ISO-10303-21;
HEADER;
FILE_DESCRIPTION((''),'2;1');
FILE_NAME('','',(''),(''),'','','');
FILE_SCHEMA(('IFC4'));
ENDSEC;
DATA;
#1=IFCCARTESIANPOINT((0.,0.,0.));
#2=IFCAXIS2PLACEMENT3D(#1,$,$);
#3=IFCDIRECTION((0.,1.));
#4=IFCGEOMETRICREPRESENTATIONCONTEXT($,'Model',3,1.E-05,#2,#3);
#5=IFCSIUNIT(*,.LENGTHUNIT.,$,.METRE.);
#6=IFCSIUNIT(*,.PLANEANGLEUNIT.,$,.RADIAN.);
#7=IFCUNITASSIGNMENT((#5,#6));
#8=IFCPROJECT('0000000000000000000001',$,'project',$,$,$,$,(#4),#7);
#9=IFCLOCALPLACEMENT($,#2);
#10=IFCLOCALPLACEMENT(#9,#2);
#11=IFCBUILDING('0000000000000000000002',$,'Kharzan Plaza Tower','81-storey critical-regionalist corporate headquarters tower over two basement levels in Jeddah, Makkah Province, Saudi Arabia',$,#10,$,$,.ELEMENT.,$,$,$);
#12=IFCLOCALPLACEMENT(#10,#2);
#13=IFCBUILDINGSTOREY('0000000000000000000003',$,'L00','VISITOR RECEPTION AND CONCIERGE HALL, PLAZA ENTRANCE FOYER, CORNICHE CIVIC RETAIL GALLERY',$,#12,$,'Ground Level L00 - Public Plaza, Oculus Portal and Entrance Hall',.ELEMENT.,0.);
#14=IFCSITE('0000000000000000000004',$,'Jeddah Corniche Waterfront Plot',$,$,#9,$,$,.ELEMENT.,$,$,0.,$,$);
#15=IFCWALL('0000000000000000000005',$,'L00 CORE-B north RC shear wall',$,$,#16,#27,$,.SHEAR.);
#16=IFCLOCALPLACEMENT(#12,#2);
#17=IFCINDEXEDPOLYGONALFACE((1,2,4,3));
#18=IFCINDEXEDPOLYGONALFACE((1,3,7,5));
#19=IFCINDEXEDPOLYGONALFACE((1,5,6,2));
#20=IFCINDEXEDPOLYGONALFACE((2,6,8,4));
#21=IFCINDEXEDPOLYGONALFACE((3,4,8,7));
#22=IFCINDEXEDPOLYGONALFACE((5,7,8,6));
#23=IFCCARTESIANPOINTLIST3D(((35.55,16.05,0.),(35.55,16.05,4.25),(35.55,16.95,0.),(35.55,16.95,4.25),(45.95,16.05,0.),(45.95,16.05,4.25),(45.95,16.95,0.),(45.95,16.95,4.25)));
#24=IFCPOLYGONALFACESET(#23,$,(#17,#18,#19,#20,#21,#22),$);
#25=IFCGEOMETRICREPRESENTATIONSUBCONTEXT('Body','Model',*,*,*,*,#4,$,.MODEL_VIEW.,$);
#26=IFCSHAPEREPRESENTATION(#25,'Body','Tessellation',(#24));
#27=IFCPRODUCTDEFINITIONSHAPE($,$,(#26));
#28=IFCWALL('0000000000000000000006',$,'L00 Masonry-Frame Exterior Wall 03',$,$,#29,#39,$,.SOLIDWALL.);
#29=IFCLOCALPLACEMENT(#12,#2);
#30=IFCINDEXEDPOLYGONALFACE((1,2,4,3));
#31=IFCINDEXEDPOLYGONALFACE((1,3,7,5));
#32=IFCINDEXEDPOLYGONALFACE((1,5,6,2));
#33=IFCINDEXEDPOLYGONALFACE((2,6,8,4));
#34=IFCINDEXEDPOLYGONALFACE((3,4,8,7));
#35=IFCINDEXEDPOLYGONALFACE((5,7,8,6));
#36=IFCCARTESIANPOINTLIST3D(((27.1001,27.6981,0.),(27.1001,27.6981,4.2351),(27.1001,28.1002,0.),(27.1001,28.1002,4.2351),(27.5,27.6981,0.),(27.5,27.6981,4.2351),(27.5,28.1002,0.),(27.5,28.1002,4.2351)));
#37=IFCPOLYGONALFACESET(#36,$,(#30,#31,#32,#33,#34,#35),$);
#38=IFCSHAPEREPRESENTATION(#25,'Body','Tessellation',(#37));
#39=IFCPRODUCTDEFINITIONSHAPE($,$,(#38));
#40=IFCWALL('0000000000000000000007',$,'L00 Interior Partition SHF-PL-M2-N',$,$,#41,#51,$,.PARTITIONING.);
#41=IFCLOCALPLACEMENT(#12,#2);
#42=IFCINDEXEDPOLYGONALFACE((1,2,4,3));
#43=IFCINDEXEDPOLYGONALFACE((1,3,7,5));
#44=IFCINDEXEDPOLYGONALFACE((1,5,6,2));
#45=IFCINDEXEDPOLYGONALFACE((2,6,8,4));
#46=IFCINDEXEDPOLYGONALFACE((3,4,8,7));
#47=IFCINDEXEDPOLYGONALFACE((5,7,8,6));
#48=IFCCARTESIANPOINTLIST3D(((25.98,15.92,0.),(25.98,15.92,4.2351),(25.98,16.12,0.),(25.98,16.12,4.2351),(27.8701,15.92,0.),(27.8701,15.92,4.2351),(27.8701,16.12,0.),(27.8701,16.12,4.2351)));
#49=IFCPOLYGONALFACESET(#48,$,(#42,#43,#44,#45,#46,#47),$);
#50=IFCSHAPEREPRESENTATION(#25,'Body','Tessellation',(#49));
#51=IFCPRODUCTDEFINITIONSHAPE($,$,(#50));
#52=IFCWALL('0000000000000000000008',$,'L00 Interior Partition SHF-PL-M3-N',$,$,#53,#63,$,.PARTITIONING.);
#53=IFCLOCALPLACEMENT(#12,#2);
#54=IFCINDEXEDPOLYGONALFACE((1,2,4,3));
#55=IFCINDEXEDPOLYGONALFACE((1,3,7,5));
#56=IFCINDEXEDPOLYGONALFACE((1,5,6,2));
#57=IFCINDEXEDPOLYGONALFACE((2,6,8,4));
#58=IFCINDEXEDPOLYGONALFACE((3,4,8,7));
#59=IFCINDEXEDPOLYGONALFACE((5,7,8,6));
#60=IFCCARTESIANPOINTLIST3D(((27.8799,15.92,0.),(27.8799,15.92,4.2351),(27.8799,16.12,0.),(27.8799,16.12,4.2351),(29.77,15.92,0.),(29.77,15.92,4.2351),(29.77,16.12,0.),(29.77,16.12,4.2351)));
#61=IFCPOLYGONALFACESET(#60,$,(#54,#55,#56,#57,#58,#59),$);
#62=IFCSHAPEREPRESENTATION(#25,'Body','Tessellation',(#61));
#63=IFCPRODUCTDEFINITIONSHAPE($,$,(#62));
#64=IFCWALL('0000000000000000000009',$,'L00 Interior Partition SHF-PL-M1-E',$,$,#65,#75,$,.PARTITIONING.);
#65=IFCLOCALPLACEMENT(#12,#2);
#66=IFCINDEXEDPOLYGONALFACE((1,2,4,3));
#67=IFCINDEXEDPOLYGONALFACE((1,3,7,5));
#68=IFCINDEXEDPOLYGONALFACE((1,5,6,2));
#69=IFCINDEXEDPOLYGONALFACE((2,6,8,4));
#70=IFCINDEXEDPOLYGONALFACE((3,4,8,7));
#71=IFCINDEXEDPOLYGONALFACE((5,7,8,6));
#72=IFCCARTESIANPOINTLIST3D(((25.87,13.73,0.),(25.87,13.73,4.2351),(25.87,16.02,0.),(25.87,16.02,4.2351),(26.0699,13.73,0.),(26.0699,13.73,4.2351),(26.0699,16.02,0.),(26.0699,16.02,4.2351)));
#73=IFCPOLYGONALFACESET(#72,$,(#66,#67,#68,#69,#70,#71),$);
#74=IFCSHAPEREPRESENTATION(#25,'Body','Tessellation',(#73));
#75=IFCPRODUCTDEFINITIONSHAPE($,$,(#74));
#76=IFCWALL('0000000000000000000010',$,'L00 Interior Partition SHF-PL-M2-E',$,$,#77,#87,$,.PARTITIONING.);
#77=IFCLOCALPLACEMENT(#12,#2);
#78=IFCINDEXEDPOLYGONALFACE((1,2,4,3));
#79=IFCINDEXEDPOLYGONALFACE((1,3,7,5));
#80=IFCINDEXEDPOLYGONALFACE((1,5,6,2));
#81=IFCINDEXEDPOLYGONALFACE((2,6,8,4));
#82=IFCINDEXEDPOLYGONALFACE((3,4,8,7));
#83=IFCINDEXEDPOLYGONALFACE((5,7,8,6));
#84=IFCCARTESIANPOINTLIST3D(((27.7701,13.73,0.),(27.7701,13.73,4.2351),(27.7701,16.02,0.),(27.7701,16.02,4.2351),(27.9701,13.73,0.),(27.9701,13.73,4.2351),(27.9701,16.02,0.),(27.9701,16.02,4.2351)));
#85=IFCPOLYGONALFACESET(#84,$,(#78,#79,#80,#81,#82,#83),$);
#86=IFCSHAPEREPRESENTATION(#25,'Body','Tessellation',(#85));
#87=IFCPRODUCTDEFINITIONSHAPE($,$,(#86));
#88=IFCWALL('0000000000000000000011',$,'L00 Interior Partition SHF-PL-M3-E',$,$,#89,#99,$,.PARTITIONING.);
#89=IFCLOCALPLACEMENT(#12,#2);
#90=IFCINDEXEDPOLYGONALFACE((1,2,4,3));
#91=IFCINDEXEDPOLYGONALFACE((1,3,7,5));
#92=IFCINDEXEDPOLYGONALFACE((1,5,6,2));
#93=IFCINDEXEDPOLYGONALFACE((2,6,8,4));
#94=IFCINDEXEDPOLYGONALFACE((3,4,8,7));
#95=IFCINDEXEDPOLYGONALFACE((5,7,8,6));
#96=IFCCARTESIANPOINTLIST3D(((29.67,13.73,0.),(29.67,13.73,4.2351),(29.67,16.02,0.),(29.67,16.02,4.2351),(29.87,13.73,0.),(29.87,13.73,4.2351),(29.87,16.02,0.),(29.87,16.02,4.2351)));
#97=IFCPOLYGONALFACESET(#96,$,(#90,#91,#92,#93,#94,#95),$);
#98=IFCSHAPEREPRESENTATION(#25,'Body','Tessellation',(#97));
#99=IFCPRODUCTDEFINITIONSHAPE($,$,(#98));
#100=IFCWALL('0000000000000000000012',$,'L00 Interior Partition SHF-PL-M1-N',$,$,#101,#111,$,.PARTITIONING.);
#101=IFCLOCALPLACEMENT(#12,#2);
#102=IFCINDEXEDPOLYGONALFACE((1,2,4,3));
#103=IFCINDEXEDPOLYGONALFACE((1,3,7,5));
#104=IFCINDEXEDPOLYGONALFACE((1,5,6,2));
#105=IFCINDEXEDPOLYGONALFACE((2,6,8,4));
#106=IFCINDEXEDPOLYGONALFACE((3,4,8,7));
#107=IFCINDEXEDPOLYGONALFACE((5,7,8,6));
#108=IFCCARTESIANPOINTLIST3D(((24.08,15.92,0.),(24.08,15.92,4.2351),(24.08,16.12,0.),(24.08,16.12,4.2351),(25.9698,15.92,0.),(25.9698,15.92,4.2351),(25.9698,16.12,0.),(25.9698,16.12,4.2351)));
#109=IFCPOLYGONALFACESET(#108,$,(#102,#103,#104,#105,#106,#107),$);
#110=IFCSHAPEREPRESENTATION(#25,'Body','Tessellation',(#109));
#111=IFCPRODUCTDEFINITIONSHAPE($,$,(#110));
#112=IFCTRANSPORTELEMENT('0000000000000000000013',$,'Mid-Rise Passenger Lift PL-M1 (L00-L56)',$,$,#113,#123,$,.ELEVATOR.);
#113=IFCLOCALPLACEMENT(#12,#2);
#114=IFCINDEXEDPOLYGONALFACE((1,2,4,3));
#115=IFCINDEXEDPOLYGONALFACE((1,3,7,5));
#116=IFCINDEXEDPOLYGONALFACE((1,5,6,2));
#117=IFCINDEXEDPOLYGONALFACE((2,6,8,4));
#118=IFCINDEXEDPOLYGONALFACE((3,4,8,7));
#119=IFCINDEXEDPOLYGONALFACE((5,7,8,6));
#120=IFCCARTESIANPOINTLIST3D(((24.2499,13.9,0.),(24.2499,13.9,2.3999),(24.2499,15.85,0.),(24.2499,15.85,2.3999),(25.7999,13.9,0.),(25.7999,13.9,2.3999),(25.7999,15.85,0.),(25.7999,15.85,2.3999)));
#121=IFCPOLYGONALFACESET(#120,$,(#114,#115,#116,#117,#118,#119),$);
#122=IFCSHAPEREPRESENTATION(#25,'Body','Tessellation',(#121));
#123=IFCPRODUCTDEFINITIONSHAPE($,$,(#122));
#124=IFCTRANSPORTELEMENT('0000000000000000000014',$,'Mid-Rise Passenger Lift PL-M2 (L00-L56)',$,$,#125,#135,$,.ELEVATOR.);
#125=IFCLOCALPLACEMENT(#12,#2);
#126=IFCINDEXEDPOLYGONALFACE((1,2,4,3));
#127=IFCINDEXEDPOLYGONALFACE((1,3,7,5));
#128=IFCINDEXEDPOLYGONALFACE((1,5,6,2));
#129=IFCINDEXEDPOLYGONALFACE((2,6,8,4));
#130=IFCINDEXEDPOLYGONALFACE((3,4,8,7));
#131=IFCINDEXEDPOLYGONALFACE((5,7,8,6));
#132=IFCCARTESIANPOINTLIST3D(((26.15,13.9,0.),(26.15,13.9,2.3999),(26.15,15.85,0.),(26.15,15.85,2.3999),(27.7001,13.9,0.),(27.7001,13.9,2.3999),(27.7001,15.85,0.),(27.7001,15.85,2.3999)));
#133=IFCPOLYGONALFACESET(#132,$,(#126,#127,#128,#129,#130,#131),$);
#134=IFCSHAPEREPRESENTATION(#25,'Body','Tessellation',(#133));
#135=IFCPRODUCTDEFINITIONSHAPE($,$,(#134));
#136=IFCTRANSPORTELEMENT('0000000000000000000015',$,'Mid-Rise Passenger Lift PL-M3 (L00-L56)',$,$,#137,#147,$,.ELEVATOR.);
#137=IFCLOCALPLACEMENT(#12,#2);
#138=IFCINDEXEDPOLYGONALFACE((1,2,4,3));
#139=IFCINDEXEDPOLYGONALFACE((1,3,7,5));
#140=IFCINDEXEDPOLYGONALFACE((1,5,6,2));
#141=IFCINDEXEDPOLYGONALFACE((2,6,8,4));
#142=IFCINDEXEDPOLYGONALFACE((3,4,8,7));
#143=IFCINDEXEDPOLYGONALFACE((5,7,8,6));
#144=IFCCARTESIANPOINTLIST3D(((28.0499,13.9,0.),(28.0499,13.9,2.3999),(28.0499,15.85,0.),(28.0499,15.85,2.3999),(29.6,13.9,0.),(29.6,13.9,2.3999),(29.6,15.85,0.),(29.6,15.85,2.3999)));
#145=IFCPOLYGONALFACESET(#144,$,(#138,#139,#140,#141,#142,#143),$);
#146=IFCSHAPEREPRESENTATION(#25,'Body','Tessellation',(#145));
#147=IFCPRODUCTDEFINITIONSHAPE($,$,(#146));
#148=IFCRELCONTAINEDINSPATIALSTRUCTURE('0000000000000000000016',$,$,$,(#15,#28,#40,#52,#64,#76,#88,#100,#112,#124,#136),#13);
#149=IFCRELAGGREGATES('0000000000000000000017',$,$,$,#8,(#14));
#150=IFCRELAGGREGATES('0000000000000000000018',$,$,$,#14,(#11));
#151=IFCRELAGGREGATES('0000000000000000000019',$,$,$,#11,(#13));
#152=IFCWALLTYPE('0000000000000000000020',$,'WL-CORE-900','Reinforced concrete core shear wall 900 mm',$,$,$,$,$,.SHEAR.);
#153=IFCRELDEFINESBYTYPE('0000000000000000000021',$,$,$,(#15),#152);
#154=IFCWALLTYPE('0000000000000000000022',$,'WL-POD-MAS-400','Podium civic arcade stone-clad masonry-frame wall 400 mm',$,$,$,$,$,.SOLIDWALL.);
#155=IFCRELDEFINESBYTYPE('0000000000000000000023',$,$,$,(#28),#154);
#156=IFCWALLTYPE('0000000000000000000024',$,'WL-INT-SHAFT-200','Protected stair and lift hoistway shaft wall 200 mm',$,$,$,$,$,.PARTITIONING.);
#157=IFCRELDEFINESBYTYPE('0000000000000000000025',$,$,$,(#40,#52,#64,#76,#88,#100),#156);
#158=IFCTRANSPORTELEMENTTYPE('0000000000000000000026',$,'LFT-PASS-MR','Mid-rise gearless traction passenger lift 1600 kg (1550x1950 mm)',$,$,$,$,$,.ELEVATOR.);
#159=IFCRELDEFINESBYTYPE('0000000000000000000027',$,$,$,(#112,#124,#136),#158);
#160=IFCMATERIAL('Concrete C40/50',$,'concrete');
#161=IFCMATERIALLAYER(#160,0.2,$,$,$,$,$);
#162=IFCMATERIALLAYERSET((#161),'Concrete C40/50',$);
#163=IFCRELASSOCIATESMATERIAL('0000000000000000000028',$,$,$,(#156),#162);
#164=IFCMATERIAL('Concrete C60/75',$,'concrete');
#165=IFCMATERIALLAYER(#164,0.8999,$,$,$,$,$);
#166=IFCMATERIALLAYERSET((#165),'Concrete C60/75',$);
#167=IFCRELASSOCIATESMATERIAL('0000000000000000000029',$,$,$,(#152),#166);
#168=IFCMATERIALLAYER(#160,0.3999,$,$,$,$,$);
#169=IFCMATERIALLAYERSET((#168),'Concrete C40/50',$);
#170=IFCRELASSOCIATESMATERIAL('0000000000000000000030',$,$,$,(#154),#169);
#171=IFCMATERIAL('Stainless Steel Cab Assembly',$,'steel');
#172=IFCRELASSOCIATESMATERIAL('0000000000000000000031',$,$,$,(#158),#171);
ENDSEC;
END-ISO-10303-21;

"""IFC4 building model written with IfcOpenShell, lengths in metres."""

from ifc_helpers import new_model, si_unit, direction, frame, frame_2d, origin, origin_2d, place, context, subcontext, project, spatial, rectangle, extrude, source, transform, mapped, material, layer, layer_set, type_object, element, save


model = new_model("IFC4")

# Units and contexts
model_context = context("Model", 3, precision=1e-05, world=origin(), true_north=direction((0.0, 1.0)))
body_context = subcontext(model_context, "Body", "Model", "MODEL_VIEW")
ifc_project = project(units=[si_unit("LENGTHUNIT", "METRE"), si_unit("PLANEANGLEUNIT", "RADIAN")], contexts=[model_context])

# Site, building, storey
site_placement = place(None, origin())
site = spatial("IfcSite", under=ifc_project, at=site_placement, Name="Jeddah Corniche Waterfront Plot", CompositionType="ELEMENT", RefElevation=0.0)
building_placement = place(site_placement, origin())
building = spatial("IfcBuilding", under=site, at=building_placement, Name="Kharzan Plaza Tower", Description="81-storey critical-regionalist corporate headquarters tower over two basement levels in Jeddah, Makkah Province, Saudi Arabia", CompositionType="ELEMENT")
storey_placement = place(building_placement, origin())
storey = spatial("IfcBuildingStorey", under=building, at=storey_placement, Name="L00", Description="VISITOR RECEPTION AND CONCIERGE HALL, PLAZA ENTRANCE FOYER, CORNICHE CIVIC RETAIL GALLERY", LongName="Ground Level L00 - Public Plaza, Oculus Portal and Entrance Hall", CompositionType="ELEMENT", Elevation=0.0)

# Shared definitions
ifc_material_1 = material(Name="Concrete C60/75", Category="concrete")

# Shared definitions
ifc_material_2 = material(Name="Concrete C40/50", Category="concrete")
ifc_layer_1 = layer(ifc_material_2, 0.2)
ifc_layer_set_1 = layer_set([ifc_layer_1], Name="Concrete C40/50")
wall_type_1 = type_object("IfcWallType", Name="WL-INT-SHAFT-200", Description="Protected stair and lift hoistway shaft wall 200 mm", PredefinedType="PARTITIONING", material=ifc_layer_set_1)

# Walls
ifc_layer_2 = layer(ifc_material_1, 0.8999)
ifc_layer_set_2 = layer_set([ifc_layer_2], Name="Concrete C60/75")
wall_type_2 = type_object("IfcWallType", Name="WL-CORE-900", Description="Reinforced concrete core shear wall 900 mm", PredefinedType="SHEAR", material=ifc_layer_set_2)
shared_shape_1 = source(origin(), body_context, "Body", "SweptSolid", [
    extrude(rectangle(XDim=10.3999, YDim=0.8999, at=frame_2d((5.2, 0.0))), origin(), (0.0, 0.0, 1.0), 4.25),
])
wall_1_placement = place(storey_placement, frame((35.55, 16.5, 0.0), z_axis=(0.0, 0.0, 1.0), x_axis=(1.0, 0.0, 0.0)))
element("IfcWall", 1, at=wall_1_placement, inside=storey, type_object=wall_type_2, Name="L00 CORE-B north RC shear wall", PredefinedType="SHEAR", context=body_context, shape_type="MappedRepresentation", body=[
    mapped(shared_shape_1, transform((0.0, 0.0, 0.0), x_axis=(1.0, 0.0, 0.0), y_axis=(0.0, 1.0, 0.0), z_axis=(0.0, 0.0, 1.0))),
])
ifc_layer_3 = layer(ifc_material_2, 0.3999)
ifc_layer_set_3 = layer_set([ifc_layer_3], Name="Concrete C40/50")
wall_type_3 = type_object("IfcWallType", Name="WL-POD-MAS-400", Description="Podium civic arcade stone-clad masonry-frame wall 400 mm", PredefinedType="SOLIDWALL", material=ifc_layer_set_3)
shared_shape_2 = source(origin(), body_context, "Body", "SweptSolid", [
    extrude(rectangle(XDim=0.4021, YDim=0.3999, at=frame_2d((0.2012, 0.0))), origin(), (0.0, 0.0, 1.0), 4.2351),
])
wall_2_placement = place(storey_placement, frame((27.3, 27.698, 0.0), z_axis=(0.0, 0.0, 1.0), x_axis=(0.0, 1.0, 0.0)))
element("IfcWall", 2, at=wall_2_placement, inside=storey, type_object=wall_type_3, Name="L00 Masonry-Frame Exterior Wall 03", PredefinedType="SOLIDWALL", context=body_context, shape_type="MappedRepresentation", body=[
    mapped(shared_shape_2, transform((0.0, 0.0, 0.0), x_axis=(1.0, 0.0, 0.0), y_axis=(0.0, 1.0, 0.0), z_axis=(0.0, 0.0, 1.0))),
])
shared_shape_3 = source(origin(), body_context, "Body", "SweptSolid", [
    extrude(rectangle(XDim=1.8901, YDim=0.2, at=frame_2d((0.9451, 0.0))), origin(), (0.0, 0.0, 1.0), 4.2351),
])
for number, where, z_axis, x_axis, name in (
    (3, (25.98, 16.02, 0.0), (0.0, 0.0, 1.0), (1.0, 0.0, 0.0), "L00 Interior Partition SHF-PL-M2-N"),
    (4, (27.8799, 16.02, 0.0), (0.0, 0.0, 1.0), (1.0, 0.0, 0.0), "L00 Interior Partition SHF-PL-M3-N"),
):
    element("IfcWall", number, at=place(storey_placement, frame(where, z_axis=z_axis, x_axis=x_axis)), inside=storey, type_object=wall_type_1, Name=name, PredefinedType="PARTITIONING", context=body_context, shape_type="MappedRepresentation", body=[
        mapped(shared_shape_3, transform((0.0, 0.0, 0.0), x_axis=(1.0, 0.0, 0.0), y_axis=(0.0, 1.0, 0.0), z_axis=(0.0, 0.0, 1.0))),
    ])
shared_shape_4 = source(origin(), body_context, "Body", "SweptSolid", [
    extrude(rectangle(XDim=2.29, YDim=0.2, at=frame_2d((1.145, 0.0))), origin(), (0.0, 0.0, 1.0), 4.2351),
])
for number, where, z_axis, x_axis, name in (
    (5, (25.97, 13.73, 0.0), (0.0, 0.0, 1.0), (0.0, 1.0, 0.0), "L00 Interior Partition SHF-PL-M1-E"),
    (6, (27.8701, 13.73, 0.0), (0.0, 0.0, 1.0), (0.0, 1.0, 0.0), "L00 Interior Partition SHF-PL-M2-E"),
    (7, (29.77, 13.73, 0.0), (0.0, 0.0, 1.0), (0.0, 1.0, 0.0), "L00 Interior Partition SHF-PL-M3-E"),
):
    element("IfcWall", number, at=place(storey_placement, frame(where, z_axis=z_axis, x_axis=x_axis)), inside=storey, type_object=wall_type_1, Name=name, PredefinedType="PARTITIONING", context=body_context, shape_type="MappedRepresentation", body=[
        mapped(shared_shape_4, transform((0.0, 0.0, 0.0), x_axis=(1.0, 0.0, 0.0), y_axis=(0.0, 1.0, 0.0), z_axis=(0.0, 0.0, 1.0))),
    ])
shared_shape_5 = source(origin(), body_context, "Body", "SweptSolid", [
    extrude(rectangle(XDim=1.8899, YDim=0.2, at=frame_2d((0.9448, 0.0))), origin(), (0.0, 0.0, 1.0), 4.2351),
])
wall_3_placement = place(storey_placement, frame((24.0801, 16.02, 0.0), z_axis=(0.0, 0.0, 1.0), x_axis=(1.0, 0.0, 0.0)))
element("IfcWall", 8, at=wall_3_placement, inside=storey, type_object=wall_type_1, Name="L00 Interior Partition SHF-PL-M1-N", PredefinedType="PARTITIONING", context=body_context, shape_type="MappedRepresentation", body=[
    mapped(shared_shape_5, transform((0.0, 0.0, 0.0), x_axis=(1.0, 0.0, 0.0), y_axis=(0.0, 1.0, 0.0), z_axis=(0.0, 0.0, 1.0))),
])

# Transport elements
ifc_material_3 = material(Name="Stainless Steel Cab Assembly", Category="steel")
transport_element_type = type_object("IfcTransportElementType", Name="LFT-PASS-MR", Description="Mid-rise gearless traction passenger lift 1600 kg (1550x1950 mm)", PredefinedType="ELEVATOR", material=ifc_material_3)
shared_shape_6 = source(origin(), body_context, "Body", "SweptSolid", [
    extrude(rectangle(XDim=1.55, YDim=1.95, at=origin_2d()), origin(), (0.0, 0.0, 1.0), 2.3999),
])
for number, where, z_axis, x_axis, name in (
    (9, (25.0249, 14.875, 0.0), (0.0, 0.0, 1.0), (1.0, 0.0, 0.0), "Mid-Rise Passenger Lift PL-M1 (L00-L56)"),
    (10, (26.925, 14.875, 0.0), (0.0, 0.0, 1.0), (1.0, 0.0, 0.0), "Mid-Rise Passenger Lift PL-M2 (L00-L56)"),
    (11, (28.825, 14.875, 0.0), (0.0, 0.0, 1.0), (1.0, 0.0, 0.0), "Mid-Rise Passenger Lift PL-M3 (L00-L56)"),
):
    element("IfcTransportElement", number, at=place(storey_placement, frame(where, z_axis=z_axis, x_axis=x_axis)), inside=storey, type_object=transport_element_type, Name=name, PredefinedType="ELEVATOR", context=body_context, shape_type="MappedRepresentation", body=[
        mapped(shared_shape_6, transform((0.0, 0.0, 0.0), x_axis=(1.0, 0.0, 0.0), y_axis=(0.0, 1.0, 0.0), z_axis=(0.0, 0.0, 1.0))),
    ])

save(model, "model.ifc")
